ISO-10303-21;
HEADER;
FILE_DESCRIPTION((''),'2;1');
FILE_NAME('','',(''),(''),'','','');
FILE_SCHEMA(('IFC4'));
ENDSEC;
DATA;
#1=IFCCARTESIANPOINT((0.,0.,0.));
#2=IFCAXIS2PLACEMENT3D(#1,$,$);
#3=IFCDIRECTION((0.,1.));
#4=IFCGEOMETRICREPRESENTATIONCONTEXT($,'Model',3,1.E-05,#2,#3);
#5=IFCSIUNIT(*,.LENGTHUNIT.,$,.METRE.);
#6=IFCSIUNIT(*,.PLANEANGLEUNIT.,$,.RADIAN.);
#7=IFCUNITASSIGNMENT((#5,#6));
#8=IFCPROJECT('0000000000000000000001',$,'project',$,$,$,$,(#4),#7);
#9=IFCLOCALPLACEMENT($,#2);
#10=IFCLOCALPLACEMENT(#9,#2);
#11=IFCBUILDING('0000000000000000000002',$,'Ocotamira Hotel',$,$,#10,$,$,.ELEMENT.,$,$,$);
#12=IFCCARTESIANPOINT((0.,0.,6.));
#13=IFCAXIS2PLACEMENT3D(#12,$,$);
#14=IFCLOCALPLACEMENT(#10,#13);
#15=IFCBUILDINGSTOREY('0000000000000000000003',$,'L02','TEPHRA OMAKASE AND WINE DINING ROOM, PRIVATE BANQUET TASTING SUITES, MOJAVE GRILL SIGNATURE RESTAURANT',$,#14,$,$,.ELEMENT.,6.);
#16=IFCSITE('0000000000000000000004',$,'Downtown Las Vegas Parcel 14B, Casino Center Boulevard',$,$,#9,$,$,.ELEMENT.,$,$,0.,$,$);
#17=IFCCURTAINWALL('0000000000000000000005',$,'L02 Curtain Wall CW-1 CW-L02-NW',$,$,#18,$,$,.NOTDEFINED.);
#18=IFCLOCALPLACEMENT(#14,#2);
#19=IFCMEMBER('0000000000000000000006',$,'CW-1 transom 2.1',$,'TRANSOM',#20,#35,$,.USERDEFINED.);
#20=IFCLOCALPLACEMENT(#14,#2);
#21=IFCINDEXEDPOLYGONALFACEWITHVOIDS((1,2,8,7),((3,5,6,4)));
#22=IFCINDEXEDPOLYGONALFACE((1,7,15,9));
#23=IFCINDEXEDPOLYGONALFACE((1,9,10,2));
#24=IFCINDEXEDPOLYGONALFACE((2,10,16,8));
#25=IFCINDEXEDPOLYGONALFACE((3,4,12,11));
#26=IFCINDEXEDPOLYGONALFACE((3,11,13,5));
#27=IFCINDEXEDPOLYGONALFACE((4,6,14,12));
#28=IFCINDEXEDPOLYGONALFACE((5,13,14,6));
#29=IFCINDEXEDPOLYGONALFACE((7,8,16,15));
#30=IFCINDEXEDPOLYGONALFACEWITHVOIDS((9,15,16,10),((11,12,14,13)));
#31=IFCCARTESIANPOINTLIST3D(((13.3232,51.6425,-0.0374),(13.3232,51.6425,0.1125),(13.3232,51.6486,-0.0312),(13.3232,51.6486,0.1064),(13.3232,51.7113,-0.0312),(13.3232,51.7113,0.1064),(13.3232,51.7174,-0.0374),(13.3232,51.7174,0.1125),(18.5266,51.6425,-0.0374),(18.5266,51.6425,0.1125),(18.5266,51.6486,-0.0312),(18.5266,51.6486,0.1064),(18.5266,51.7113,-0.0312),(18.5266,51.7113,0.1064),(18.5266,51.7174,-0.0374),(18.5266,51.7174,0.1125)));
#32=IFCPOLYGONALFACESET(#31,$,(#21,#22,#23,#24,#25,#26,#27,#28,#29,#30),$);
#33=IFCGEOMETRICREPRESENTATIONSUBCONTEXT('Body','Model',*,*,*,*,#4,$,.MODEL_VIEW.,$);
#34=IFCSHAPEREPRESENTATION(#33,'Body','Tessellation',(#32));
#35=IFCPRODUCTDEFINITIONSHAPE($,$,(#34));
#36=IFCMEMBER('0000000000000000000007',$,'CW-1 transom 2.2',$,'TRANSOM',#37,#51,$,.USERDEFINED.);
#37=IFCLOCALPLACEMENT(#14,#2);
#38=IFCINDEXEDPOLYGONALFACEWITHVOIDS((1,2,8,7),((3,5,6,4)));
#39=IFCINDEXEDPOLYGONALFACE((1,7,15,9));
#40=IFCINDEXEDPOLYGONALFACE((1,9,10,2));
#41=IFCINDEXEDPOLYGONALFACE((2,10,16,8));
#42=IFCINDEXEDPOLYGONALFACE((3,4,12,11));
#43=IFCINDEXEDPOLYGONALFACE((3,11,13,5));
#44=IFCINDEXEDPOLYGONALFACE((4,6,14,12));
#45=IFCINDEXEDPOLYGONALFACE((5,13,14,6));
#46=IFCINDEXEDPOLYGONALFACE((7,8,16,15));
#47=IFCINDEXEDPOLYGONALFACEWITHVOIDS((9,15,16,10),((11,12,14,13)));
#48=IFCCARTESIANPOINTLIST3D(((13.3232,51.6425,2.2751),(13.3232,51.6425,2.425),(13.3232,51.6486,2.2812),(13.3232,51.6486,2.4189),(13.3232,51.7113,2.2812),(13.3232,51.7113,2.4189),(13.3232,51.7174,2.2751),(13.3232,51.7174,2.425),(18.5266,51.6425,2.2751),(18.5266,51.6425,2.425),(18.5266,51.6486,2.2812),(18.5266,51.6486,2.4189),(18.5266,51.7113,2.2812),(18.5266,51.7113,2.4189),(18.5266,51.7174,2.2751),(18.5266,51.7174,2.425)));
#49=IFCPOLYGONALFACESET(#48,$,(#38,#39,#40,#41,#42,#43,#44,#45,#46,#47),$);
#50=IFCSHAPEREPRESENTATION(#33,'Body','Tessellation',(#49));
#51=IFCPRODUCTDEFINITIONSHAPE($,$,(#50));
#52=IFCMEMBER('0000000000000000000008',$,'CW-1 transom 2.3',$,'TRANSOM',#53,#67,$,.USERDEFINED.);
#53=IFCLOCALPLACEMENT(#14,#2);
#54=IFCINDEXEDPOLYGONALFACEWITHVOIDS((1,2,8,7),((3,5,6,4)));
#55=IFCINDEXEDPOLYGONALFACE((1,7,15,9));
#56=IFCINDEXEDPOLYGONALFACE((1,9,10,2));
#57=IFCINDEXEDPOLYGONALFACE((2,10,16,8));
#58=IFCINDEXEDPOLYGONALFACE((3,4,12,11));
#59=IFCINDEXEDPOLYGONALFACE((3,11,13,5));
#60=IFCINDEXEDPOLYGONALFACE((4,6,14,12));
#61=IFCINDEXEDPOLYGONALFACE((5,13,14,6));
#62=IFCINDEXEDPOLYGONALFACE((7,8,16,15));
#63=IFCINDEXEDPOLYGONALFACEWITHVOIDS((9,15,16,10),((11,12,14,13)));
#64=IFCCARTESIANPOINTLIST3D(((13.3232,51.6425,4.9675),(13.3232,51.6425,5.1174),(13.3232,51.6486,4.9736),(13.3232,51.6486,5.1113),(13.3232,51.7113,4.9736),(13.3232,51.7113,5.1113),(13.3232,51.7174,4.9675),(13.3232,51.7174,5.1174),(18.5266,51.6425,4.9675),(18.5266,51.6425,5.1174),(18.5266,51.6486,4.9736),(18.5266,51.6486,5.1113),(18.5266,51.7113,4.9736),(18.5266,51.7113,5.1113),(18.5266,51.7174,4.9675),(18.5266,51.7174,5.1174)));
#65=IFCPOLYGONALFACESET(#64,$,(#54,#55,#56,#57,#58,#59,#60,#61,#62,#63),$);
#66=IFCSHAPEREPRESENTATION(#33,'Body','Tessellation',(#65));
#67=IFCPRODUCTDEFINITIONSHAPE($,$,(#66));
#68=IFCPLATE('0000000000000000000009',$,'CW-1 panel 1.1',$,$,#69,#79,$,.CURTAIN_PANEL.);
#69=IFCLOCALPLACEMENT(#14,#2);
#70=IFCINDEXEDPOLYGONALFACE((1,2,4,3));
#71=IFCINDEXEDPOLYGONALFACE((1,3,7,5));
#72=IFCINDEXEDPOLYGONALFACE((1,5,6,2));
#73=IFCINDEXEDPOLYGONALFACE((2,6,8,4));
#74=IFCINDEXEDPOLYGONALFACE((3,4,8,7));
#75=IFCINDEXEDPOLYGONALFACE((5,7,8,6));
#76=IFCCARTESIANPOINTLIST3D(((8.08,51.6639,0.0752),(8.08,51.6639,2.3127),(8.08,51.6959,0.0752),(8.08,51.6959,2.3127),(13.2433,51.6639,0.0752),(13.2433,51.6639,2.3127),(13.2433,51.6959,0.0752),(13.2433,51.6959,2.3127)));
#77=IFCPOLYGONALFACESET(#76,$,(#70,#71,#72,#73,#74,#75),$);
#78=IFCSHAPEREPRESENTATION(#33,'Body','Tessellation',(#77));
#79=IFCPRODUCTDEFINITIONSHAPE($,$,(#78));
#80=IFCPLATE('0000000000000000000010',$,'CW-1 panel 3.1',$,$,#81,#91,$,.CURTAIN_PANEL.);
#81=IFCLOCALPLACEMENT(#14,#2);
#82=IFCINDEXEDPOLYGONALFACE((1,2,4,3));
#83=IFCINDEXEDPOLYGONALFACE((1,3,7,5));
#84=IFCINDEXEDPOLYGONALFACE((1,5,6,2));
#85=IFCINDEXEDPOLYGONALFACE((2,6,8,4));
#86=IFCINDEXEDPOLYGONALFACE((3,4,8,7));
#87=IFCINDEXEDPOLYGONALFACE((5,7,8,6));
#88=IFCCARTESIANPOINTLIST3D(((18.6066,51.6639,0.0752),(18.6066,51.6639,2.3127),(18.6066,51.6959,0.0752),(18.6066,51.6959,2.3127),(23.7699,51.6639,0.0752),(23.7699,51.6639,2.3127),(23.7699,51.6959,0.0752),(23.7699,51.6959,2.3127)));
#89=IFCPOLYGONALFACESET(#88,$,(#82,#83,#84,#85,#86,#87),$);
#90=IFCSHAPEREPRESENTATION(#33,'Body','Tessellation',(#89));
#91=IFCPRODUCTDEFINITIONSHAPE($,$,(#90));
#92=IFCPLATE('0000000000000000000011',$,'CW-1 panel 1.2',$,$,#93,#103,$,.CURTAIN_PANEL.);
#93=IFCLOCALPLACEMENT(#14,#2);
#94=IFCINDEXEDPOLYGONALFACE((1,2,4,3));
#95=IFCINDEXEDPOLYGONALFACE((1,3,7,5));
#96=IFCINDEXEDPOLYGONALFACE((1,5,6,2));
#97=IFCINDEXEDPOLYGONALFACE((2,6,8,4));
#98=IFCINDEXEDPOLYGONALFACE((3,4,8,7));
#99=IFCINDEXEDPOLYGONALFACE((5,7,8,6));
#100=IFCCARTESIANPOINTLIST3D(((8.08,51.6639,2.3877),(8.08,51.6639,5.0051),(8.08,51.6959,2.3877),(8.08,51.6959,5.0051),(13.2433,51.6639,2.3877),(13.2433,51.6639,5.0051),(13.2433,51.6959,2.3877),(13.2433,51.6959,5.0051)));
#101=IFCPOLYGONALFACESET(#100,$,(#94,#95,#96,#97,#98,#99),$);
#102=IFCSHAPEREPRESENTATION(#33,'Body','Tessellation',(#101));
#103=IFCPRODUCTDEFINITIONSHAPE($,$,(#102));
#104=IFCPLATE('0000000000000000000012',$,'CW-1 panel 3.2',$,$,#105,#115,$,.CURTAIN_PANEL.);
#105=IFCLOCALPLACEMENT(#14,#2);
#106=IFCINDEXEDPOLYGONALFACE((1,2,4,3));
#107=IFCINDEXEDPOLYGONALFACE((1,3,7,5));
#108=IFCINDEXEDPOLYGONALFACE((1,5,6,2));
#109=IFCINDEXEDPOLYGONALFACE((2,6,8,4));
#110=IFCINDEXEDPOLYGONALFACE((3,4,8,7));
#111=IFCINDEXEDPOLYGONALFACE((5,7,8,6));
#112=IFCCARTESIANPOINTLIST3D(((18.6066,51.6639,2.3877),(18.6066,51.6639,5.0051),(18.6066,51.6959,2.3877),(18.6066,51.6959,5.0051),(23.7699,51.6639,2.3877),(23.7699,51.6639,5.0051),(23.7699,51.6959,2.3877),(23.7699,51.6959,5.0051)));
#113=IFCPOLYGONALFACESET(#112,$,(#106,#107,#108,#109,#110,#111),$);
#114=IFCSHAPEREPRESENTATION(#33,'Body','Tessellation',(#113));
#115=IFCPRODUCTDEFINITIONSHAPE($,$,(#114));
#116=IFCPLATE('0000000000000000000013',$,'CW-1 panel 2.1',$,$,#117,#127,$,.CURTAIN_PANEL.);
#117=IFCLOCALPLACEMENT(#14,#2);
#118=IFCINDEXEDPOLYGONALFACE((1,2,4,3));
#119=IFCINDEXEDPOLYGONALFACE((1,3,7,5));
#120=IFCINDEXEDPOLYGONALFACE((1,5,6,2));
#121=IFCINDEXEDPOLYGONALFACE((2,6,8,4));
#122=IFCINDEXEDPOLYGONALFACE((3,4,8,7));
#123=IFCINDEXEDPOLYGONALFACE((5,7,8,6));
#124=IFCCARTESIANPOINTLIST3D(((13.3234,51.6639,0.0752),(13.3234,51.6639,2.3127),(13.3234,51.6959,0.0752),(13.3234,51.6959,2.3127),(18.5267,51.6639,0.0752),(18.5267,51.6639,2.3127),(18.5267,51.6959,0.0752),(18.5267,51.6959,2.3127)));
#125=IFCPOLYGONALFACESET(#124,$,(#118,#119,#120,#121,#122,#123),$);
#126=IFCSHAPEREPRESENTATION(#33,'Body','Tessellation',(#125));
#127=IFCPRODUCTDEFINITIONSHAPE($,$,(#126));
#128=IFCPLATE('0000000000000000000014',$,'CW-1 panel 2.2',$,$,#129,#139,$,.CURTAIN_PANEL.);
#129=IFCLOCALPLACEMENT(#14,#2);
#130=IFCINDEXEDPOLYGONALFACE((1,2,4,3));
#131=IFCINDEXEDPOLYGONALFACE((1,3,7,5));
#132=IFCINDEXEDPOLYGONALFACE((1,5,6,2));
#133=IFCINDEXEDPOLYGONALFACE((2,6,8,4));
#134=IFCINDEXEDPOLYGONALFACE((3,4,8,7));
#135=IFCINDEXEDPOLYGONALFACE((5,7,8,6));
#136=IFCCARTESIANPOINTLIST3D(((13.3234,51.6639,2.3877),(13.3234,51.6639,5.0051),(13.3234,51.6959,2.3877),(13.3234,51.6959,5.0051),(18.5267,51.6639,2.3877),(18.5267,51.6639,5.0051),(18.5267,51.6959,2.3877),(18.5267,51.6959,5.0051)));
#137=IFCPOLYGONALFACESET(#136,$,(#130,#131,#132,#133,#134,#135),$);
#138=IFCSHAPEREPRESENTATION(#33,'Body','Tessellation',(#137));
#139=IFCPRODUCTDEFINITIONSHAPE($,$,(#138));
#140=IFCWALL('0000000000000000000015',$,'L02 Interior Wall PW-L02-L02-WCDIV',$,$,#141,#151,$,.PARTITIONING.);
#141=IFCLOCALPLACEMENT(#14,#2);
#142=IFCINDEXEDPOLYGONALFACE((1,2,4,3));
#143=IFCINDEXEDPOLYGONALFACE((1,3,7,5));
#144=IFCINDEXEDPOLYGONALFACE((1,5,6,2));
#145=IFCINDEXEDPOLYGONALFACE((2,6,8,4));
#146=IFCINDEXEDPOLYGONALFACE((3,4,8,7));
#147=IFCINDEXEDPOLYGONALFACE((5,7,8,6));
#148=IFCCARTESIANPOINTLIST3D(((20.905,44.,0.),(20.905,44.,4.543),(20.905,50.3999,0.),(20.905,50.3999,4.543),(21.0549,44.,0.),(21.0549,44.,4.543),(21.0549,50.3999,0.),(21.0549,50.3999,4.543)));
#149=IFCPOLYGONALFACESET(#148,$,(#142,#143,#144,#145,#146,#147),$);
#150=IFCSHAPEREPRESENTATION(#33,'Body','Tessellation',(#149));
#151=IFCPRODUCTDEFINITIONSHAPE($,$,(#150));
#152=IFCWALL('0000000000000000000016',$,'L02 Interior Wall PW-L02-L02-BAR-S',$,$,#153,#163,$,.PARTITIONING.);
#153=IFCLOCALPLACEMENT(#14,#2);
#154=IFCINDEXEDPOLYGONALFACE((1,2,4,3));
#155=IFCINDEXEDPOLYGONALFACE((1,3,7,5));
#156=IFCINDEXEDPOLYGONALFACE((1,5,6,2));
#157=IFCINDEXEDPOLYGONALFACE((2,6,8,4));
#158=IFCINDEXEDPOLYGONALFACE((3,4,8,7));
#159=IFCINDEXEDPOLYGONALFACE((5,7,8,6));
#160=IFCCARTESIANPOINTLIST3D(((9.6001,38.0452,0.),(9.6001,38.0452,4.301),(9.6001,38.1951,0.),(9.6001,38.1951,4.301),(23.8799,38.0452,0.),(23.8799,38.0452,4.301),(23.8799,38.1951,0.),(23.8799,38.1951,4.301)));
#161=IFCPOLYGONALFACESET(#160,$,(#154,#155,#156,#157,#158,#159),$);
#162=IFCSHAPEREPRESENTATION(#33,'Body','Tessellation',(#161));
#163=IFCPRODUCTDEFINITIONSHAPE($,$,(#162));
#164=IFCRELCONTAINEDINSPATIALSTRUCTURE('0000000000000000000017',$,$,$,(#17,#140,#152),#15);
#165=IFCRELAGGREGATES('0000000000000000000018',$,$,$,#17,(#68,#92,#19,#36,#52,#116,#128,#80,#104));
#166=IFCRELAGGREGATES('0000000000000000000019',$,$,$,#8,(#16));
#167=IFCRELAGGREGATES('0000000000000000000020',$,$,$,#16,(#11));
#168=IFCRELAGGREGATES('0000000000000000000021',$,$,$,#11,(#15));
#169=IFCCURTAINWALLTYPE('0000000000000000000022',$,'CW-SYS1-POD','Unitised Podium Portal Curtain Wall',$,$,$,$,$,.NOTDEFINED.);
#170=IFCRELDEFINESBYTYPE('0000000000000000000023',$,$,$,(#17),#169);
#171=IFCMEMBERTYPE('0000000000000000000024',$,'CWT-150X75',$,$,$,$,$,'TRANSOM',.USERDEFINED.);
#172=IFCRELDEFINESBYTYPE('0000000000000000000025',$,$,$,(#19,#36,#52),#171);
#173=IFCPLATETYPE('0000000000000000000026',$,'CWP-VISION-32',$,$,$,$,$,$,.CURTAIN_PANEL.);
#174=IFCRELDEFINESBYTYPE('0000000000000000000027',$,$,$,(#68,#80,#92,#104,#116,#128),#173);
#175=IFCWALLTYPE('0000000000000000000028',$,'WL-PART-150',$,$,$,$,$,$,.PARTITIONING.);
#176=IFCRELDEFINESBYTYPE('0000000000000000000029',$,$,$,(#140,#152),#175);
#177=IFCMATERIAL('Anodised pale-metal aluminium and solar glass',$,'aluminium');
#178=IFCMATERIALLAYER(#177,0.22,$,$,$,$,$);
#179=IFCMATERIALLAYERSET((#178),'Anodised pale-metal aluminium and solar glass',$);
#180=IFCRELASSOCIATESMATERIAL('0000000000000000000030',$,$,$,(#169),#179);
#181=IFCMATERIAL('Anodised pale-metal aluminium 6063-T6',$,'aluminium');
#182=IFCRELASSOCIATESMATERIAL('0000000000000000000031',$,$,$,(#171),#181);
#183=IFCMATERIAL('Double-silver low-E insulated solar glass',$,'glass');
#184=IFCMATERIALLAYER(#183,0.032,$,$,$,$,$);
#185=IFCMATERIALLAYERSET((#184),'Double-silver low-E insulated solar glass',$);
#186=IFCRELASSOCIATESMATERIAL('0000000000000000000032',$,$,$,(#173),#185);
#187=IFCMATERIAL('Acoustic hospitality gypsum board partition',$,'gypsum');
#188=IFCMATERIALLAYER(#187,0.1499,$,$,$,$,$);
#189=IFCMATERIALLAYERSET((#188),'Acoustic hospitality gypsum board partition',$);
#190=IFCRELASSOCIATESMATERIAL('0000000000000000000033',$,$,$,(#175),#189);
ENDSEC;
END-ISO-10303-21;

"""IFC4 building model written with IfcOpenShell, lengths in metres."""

from ifc_helpers import new_model, si_unit, direction, frame, frame_2d, origin, origin_2d, place, context, subcontext, project, spatial, rectangle, hollow_rectangle, extrude, source, transform, mapped, material, layer, layer_set, material_profile, profile_set, type_object, element, aggregate, save


model = new_model("IFC4")

# Units and contexts
model_context = context("Model", 3, precision=1e-05, world=origin(), true_north=direction((0.0, 1.0)))
body_context = subcontext(model_context, "Body", "Model", "MODEL_VIEW")
ifc_project = project(units=[si_unit("LENGTHUNIT", "METRE"), si_unit("PLANEANGLEUNIT", "RADIAN")], contexts=[model_context])

# Site, building, storey
site_placement = place(None, origin())
site = spatial("IfcSite", under=ifc_project, at=site_placement, Name="Downtown Las Vegas Parcel 14B, Casino Center Boulevard", CompositionType="ELEMENT", RefElevation=0.0)
building_placement = place(site_placement, origin())
building = spatial("IfcBuilding", under=site, at=building_placement, Name="Ocotamira Hotel", CompositionType="ELEMENT")
storey_placement = place(building_placement, frame((0.0, 0.0, 6.0)))
storey = spatial("IfcBuildingStorey", under=building, at=storey_placement, Name="L02", Description="TEPHRA OMAKASE AND WINE DINING ROOM, PRIVATE BANQUET TASTING SUITES, MOJAVE GRILL SIGNATURE RESTAURANT", CompositionType="ELEMENT", Elevation=6.0)

# Curtain wall, members, plates
ifc_material_1 = material(Name="Anodised pale-metal aluminium and solar glass", Category="aluminium")
ifc_layer_1 = layer(ifc_material_1, 0.22)
ifc_layer_set_1 = layer_set([ifc_layer_1], Name="Anodised pale-metal aluminium and solar glass")
curtain_wall_type = type_object("IfcCurtainWallType", Name="CW-SYS1-POD", Description="Unitised Podium Portal Curtain Wall", PredefinedType="NOTDEFINED", material=ifc_layer_set_1)
curtain_wall_placement = place(storey_placement, origin())
curtain_wall = element("IfcCurtainWall", 1, at=curtain_wall_placement, inside=storey, type_object=curtain_wall_type, Name="L02 Curtain Wall CW-1 CW-L02-NW", PredefinedType="NOTDEFINED")
ifc_material_2 = material(Name="Anodised pale-metal aluminium 6063-T6", Category="aluminium")
ifc_material_profile_1 = material_profile(ifc_material_2, hollow_rectangle(XDim=0.075, YDim=0.1499, WallThickness=0.0061, at=origin_2d()), Name="HSS150X75X6")
ifc_profile_set_1 = profile_set([ifc_material_profile_1], Name="Anodised pale-metal aluminium 6063-T6")
member_type_1 = type_object("IfcMemberType", Name="CWT-150X75", ElementType="TRANSOM", PredefinedType="USERDEFINED", material=ifc_profile_set_1)
shared_shape_1 = source(origin(), body_context, "Body", "SweptSolid", [
    extrude(hollow_rectangle(XDim=0.075, YDim=0.1499, WallThickness=0.0061, at=origin_2d()), origin(), (0.0, 0.0, 1.0), 5.2034),
])
member_1_placement = place(storey_placement, frame((13.3232, 51.6799, 0.0376), z_axis=(1.0, 0.0, 0.0), x_axis=(0.0, 1.0, 0.0)))
member_1 = element("IfcMember", 2, at=member_1_placement, type_object=member_type_1, Name="CW-1 transom 2.1", ObjectType="TRANSOM", PredefinedType="USERDEFINED", context=body_context, shape_type="MappedRepresentation", body=[
    mapped(shared_shape_1, transform((0.0, 0.0, 0.0), scale=1.0)),
])
member_2_placement = place(storey_placement, frame((13.3232, 51.6799, 2.3501), z_axis=(1.0, 0.0, 0.0), x_axis=(0.0, 1.0, 0.0)))
member_2 = element("IfcMember", 3, at=member_2_placement, type_object=member_type_1, Name="CW-1 transom 2.2", ObjectType="TRANSOM", PredefinedType="USERDEFINED", context=body_context, shape_type="MappedRepresentation", body=[
    mapped(shared_shape_1, transform((0.0, 0.0, 0.0), scale=1.0)),
])
member_3_placement = place(storey_placement, frame((13.3232, 51.6799, 5.0425), z_axis=(1.0, 0.0, 0.0), x_axis=(0.0, 1.0, 0.0)))
member_3 = element("IfcMember", 4, at=member_3_placement, type_object=member_type_1, Name="CW-1 transom 2.3", ObjectType="TRANSOM", PredefinedType="USERDEFINED", context=body_context, shape_type="MappedRepresentation", body=[
    mapped(shared_shape_1, transform((0.0, 0.0, 0.0), scale=1.0)),
])
ifc_material_3 = material(Name="Double-silver low-E insulated solar glass", Category="glass")
ifc_layer_2 = layer(ifc_material_3, 0.032)
ifc_layer_set_2 = layer_set([ifc_layer_2], Name="Double-silver low-E insulated solar glass")
plate_type = type_object("IfcPlateType", Name="CWP-VISION-32", PredefinedType="CURTAIN_PANEL", material=ifc_layer_set_2)
shared_shape_2 = source(origin(), body_context, "Body", "SweptSolid", [
    extrude(rectangle(XDim=5.1633, YDim=0.032, at=origin_2d()), origin(), (0.0, 0.0, 1.0), 2.2375),
])
plate_1_placement = place(storey_placement, frame((10.6616, 51.6799, 0.0752), z_axis=(0.0, 0.0, 1.0), x_axis=(1.0, 0.0, 0.0)))
plate_1 = element("IfcPlate", 5, at=plate_1_placement, type_object=plate_type, Name="CW-1 panel 1.1", PredefinedType="CURTAIN_PANEL", context=body_context, shape_type="MappedRepresentation", body=[
    mapped(shared_shape_2, transform((0.0, 0.0, 0.0), scale=1.0)),
])
plate_2_placement = place(storey_placement, frame((21.1882, 51.6799, 0.0752), z_axis=(0.0, 0.0, 1.0), x_axis=(1.0, 0.0, 0.0)))
plate_2 = element("IfcPlate", 6, at=plate_2_placement, type_object=plate_type, Name="CW-1 panel 3.1", PredefinedType="CURTAIN_PANEL", context=body_context, shape_type="MappedRepresentation", body=[
    mapped(shared_shape_2, transform((0.0, 0.0, 0.0), scale=1.0)),
])
shared_shape_3 = source(origin(), body_context, "Body", "SweptSolid", [
    extrude(rectangle(XDim=5.1633, YDim=0.032, at=origin_2d()), origin(), (0.0, 0.0, 1.0), 2.6174),
])
plate_3_placement = place(storey_placement, frame((10.6616, 51.6799, 2.3877), z_axis=(0.0, 0.0, 1.0), x_axis=(1.0, 0.0, 0.0)))
plate_3 = element("IfcPlate", 7, at=plate_3_placement, type_object=plate_type, Name="CW-1 panel 1.2", PredefinedType="CURTAIN_PANEL", context=body_context, shape_type="MappedRepresentation", body=[
    mapped(shared_shape_3, transform((0.0, 0.0, 0.0), scale=1.0)),
])
plate_4_placement = place(storey_placement, frame((21.1882, 51.6799, 2.3877), z_axis=(0.0, 0.0, 1.0), x_axis=(1.0, 0.0, 0.0)))
plate_4 = element("IfcPlate", 8, at=plate_4_placement, type_object=plate_type, Name="CW-1 panel 3.2", PredefinedType="CURTAIN_PANEL", context=body_context, shape_type="MappedRepresentation", body=[
    mapped(shared_shape_3, transform((0.0, 0.0, 0.0), scale=1.0)),
])
shared_shape_4 = source(origin(), body_context, "Body", "SweptSolid", [
    extrude(rectangle(XDim=5.2034, YDim=0.032, at=origin_2d()), origin(), (0.0, 0.0, 1.0), 2.2375),
])
plate_5_placement = place(storey_placement, frame((15.925, 51.6799, 0.0752), z_axis=(0.0, 0.0, 1.0), x_axis=(1.0, 0.0, 0.0)))
plate_5 = element("IfcPlate", 9, at=plate_5_placement, type_object=plate_type, Name="CW-1 panel 2.1", PredefinedType="CURTAIN_PANEL", context=body_context, shape_type="MappedRepresentation", body=[
    mapped(shared_shape_4, transform((0.0, 0.0, 0.0), scale=1.0)),
])
shared_shape_5 = source(origin(), body_context, "Body", "SweptSolid", [
    extrude(rectangle(XDim=5.2034, YDim=0.032, at=origin_2d()), origin(), (0.0, 0.0, 1.0), 2.6174),
])
plate_6_placement = place(storey_placement, frame((15.925, 51.6799, 2.3877), z_axis=(0.0, 0.0, 1.0), x_axis=(1.0, 0.0, 0.0)))
plate_6 = element("IfcPlate", 10, at=plate_6_placement, type_object=plate_type, Name="CW-1 panel 2.2", PredefinedType="CURTAIN_PANEL", context=body_context, shape_type="MappedRepresentation", body=[
    mapped(shared_shape_5, transform((0.0, 0.0, 0.0), scale=1.0)),
])
aggregate(curtain_wall, [plate_1, plate_3, member_1, member_2, member_3, plate_5, plate_6, plate_2, plate_4])

# Wall
ifc_material_4 = material(Name="Acoustic hospitality gypsum board partition", Category="gypsum")
ifc_layer_3 = layer(ifc_material_4, 0.1499)
ifc_layer_set_3 = layer_set([ifc_layer_3], Name="Acoustic hospitality gypsum board partition")
wall_type_1 = type_object("IfcWallType", Name="WL-PART-150", PredefinedType="PARTITIONING", material=ifc_layer_set_3)
wall_1_placement = place(storey_placement, frame((20.98, 44.0, 0.0), z_axis=(0.0, 0.0, 1.0), x_axis=(0.0, 1.0, 0.0)))
element("IfcWall", 11, at=wall_1_placement, inside=storey, type_object=wall_type_1, Name="L02 Interior Wall PW-L02-L02-WCDIV", PredefinedType="PARTITIONING", context=body_context, shape_type="SweptSolid", body=[
    extrude(rectangle(XDim=6.3999, YDim=0.1499, at=frame_2d((3.2, 0.0))), origin(), (0.0, 0.0, 1.0), 4.543),
])

# Wall
wall_2_placement = place(storey_placement, frame((9.6001, 38.1201, 0.0), z_axis=(0.0, 0.0, 1.0), x_axis=(1.0, 0.0, 0.0)))
element("IfcWall", 12, at=wall_2_placement, inside=storey, type_object=wall_type_1, Name="L02 Interior Wall PW-L02-L02-BAR-S", PredefinedType="PARTITIONING", context=body_context, shape_type="SweptSolid", body=[
    extrude(rectangle(XDim=14.2798, YDim=0.1499, at=frame_2d((7.1399, 0.0))), origin(), (0.0, 0.0, 1.0), 4.301),
])

save(model, "model.ifc")
